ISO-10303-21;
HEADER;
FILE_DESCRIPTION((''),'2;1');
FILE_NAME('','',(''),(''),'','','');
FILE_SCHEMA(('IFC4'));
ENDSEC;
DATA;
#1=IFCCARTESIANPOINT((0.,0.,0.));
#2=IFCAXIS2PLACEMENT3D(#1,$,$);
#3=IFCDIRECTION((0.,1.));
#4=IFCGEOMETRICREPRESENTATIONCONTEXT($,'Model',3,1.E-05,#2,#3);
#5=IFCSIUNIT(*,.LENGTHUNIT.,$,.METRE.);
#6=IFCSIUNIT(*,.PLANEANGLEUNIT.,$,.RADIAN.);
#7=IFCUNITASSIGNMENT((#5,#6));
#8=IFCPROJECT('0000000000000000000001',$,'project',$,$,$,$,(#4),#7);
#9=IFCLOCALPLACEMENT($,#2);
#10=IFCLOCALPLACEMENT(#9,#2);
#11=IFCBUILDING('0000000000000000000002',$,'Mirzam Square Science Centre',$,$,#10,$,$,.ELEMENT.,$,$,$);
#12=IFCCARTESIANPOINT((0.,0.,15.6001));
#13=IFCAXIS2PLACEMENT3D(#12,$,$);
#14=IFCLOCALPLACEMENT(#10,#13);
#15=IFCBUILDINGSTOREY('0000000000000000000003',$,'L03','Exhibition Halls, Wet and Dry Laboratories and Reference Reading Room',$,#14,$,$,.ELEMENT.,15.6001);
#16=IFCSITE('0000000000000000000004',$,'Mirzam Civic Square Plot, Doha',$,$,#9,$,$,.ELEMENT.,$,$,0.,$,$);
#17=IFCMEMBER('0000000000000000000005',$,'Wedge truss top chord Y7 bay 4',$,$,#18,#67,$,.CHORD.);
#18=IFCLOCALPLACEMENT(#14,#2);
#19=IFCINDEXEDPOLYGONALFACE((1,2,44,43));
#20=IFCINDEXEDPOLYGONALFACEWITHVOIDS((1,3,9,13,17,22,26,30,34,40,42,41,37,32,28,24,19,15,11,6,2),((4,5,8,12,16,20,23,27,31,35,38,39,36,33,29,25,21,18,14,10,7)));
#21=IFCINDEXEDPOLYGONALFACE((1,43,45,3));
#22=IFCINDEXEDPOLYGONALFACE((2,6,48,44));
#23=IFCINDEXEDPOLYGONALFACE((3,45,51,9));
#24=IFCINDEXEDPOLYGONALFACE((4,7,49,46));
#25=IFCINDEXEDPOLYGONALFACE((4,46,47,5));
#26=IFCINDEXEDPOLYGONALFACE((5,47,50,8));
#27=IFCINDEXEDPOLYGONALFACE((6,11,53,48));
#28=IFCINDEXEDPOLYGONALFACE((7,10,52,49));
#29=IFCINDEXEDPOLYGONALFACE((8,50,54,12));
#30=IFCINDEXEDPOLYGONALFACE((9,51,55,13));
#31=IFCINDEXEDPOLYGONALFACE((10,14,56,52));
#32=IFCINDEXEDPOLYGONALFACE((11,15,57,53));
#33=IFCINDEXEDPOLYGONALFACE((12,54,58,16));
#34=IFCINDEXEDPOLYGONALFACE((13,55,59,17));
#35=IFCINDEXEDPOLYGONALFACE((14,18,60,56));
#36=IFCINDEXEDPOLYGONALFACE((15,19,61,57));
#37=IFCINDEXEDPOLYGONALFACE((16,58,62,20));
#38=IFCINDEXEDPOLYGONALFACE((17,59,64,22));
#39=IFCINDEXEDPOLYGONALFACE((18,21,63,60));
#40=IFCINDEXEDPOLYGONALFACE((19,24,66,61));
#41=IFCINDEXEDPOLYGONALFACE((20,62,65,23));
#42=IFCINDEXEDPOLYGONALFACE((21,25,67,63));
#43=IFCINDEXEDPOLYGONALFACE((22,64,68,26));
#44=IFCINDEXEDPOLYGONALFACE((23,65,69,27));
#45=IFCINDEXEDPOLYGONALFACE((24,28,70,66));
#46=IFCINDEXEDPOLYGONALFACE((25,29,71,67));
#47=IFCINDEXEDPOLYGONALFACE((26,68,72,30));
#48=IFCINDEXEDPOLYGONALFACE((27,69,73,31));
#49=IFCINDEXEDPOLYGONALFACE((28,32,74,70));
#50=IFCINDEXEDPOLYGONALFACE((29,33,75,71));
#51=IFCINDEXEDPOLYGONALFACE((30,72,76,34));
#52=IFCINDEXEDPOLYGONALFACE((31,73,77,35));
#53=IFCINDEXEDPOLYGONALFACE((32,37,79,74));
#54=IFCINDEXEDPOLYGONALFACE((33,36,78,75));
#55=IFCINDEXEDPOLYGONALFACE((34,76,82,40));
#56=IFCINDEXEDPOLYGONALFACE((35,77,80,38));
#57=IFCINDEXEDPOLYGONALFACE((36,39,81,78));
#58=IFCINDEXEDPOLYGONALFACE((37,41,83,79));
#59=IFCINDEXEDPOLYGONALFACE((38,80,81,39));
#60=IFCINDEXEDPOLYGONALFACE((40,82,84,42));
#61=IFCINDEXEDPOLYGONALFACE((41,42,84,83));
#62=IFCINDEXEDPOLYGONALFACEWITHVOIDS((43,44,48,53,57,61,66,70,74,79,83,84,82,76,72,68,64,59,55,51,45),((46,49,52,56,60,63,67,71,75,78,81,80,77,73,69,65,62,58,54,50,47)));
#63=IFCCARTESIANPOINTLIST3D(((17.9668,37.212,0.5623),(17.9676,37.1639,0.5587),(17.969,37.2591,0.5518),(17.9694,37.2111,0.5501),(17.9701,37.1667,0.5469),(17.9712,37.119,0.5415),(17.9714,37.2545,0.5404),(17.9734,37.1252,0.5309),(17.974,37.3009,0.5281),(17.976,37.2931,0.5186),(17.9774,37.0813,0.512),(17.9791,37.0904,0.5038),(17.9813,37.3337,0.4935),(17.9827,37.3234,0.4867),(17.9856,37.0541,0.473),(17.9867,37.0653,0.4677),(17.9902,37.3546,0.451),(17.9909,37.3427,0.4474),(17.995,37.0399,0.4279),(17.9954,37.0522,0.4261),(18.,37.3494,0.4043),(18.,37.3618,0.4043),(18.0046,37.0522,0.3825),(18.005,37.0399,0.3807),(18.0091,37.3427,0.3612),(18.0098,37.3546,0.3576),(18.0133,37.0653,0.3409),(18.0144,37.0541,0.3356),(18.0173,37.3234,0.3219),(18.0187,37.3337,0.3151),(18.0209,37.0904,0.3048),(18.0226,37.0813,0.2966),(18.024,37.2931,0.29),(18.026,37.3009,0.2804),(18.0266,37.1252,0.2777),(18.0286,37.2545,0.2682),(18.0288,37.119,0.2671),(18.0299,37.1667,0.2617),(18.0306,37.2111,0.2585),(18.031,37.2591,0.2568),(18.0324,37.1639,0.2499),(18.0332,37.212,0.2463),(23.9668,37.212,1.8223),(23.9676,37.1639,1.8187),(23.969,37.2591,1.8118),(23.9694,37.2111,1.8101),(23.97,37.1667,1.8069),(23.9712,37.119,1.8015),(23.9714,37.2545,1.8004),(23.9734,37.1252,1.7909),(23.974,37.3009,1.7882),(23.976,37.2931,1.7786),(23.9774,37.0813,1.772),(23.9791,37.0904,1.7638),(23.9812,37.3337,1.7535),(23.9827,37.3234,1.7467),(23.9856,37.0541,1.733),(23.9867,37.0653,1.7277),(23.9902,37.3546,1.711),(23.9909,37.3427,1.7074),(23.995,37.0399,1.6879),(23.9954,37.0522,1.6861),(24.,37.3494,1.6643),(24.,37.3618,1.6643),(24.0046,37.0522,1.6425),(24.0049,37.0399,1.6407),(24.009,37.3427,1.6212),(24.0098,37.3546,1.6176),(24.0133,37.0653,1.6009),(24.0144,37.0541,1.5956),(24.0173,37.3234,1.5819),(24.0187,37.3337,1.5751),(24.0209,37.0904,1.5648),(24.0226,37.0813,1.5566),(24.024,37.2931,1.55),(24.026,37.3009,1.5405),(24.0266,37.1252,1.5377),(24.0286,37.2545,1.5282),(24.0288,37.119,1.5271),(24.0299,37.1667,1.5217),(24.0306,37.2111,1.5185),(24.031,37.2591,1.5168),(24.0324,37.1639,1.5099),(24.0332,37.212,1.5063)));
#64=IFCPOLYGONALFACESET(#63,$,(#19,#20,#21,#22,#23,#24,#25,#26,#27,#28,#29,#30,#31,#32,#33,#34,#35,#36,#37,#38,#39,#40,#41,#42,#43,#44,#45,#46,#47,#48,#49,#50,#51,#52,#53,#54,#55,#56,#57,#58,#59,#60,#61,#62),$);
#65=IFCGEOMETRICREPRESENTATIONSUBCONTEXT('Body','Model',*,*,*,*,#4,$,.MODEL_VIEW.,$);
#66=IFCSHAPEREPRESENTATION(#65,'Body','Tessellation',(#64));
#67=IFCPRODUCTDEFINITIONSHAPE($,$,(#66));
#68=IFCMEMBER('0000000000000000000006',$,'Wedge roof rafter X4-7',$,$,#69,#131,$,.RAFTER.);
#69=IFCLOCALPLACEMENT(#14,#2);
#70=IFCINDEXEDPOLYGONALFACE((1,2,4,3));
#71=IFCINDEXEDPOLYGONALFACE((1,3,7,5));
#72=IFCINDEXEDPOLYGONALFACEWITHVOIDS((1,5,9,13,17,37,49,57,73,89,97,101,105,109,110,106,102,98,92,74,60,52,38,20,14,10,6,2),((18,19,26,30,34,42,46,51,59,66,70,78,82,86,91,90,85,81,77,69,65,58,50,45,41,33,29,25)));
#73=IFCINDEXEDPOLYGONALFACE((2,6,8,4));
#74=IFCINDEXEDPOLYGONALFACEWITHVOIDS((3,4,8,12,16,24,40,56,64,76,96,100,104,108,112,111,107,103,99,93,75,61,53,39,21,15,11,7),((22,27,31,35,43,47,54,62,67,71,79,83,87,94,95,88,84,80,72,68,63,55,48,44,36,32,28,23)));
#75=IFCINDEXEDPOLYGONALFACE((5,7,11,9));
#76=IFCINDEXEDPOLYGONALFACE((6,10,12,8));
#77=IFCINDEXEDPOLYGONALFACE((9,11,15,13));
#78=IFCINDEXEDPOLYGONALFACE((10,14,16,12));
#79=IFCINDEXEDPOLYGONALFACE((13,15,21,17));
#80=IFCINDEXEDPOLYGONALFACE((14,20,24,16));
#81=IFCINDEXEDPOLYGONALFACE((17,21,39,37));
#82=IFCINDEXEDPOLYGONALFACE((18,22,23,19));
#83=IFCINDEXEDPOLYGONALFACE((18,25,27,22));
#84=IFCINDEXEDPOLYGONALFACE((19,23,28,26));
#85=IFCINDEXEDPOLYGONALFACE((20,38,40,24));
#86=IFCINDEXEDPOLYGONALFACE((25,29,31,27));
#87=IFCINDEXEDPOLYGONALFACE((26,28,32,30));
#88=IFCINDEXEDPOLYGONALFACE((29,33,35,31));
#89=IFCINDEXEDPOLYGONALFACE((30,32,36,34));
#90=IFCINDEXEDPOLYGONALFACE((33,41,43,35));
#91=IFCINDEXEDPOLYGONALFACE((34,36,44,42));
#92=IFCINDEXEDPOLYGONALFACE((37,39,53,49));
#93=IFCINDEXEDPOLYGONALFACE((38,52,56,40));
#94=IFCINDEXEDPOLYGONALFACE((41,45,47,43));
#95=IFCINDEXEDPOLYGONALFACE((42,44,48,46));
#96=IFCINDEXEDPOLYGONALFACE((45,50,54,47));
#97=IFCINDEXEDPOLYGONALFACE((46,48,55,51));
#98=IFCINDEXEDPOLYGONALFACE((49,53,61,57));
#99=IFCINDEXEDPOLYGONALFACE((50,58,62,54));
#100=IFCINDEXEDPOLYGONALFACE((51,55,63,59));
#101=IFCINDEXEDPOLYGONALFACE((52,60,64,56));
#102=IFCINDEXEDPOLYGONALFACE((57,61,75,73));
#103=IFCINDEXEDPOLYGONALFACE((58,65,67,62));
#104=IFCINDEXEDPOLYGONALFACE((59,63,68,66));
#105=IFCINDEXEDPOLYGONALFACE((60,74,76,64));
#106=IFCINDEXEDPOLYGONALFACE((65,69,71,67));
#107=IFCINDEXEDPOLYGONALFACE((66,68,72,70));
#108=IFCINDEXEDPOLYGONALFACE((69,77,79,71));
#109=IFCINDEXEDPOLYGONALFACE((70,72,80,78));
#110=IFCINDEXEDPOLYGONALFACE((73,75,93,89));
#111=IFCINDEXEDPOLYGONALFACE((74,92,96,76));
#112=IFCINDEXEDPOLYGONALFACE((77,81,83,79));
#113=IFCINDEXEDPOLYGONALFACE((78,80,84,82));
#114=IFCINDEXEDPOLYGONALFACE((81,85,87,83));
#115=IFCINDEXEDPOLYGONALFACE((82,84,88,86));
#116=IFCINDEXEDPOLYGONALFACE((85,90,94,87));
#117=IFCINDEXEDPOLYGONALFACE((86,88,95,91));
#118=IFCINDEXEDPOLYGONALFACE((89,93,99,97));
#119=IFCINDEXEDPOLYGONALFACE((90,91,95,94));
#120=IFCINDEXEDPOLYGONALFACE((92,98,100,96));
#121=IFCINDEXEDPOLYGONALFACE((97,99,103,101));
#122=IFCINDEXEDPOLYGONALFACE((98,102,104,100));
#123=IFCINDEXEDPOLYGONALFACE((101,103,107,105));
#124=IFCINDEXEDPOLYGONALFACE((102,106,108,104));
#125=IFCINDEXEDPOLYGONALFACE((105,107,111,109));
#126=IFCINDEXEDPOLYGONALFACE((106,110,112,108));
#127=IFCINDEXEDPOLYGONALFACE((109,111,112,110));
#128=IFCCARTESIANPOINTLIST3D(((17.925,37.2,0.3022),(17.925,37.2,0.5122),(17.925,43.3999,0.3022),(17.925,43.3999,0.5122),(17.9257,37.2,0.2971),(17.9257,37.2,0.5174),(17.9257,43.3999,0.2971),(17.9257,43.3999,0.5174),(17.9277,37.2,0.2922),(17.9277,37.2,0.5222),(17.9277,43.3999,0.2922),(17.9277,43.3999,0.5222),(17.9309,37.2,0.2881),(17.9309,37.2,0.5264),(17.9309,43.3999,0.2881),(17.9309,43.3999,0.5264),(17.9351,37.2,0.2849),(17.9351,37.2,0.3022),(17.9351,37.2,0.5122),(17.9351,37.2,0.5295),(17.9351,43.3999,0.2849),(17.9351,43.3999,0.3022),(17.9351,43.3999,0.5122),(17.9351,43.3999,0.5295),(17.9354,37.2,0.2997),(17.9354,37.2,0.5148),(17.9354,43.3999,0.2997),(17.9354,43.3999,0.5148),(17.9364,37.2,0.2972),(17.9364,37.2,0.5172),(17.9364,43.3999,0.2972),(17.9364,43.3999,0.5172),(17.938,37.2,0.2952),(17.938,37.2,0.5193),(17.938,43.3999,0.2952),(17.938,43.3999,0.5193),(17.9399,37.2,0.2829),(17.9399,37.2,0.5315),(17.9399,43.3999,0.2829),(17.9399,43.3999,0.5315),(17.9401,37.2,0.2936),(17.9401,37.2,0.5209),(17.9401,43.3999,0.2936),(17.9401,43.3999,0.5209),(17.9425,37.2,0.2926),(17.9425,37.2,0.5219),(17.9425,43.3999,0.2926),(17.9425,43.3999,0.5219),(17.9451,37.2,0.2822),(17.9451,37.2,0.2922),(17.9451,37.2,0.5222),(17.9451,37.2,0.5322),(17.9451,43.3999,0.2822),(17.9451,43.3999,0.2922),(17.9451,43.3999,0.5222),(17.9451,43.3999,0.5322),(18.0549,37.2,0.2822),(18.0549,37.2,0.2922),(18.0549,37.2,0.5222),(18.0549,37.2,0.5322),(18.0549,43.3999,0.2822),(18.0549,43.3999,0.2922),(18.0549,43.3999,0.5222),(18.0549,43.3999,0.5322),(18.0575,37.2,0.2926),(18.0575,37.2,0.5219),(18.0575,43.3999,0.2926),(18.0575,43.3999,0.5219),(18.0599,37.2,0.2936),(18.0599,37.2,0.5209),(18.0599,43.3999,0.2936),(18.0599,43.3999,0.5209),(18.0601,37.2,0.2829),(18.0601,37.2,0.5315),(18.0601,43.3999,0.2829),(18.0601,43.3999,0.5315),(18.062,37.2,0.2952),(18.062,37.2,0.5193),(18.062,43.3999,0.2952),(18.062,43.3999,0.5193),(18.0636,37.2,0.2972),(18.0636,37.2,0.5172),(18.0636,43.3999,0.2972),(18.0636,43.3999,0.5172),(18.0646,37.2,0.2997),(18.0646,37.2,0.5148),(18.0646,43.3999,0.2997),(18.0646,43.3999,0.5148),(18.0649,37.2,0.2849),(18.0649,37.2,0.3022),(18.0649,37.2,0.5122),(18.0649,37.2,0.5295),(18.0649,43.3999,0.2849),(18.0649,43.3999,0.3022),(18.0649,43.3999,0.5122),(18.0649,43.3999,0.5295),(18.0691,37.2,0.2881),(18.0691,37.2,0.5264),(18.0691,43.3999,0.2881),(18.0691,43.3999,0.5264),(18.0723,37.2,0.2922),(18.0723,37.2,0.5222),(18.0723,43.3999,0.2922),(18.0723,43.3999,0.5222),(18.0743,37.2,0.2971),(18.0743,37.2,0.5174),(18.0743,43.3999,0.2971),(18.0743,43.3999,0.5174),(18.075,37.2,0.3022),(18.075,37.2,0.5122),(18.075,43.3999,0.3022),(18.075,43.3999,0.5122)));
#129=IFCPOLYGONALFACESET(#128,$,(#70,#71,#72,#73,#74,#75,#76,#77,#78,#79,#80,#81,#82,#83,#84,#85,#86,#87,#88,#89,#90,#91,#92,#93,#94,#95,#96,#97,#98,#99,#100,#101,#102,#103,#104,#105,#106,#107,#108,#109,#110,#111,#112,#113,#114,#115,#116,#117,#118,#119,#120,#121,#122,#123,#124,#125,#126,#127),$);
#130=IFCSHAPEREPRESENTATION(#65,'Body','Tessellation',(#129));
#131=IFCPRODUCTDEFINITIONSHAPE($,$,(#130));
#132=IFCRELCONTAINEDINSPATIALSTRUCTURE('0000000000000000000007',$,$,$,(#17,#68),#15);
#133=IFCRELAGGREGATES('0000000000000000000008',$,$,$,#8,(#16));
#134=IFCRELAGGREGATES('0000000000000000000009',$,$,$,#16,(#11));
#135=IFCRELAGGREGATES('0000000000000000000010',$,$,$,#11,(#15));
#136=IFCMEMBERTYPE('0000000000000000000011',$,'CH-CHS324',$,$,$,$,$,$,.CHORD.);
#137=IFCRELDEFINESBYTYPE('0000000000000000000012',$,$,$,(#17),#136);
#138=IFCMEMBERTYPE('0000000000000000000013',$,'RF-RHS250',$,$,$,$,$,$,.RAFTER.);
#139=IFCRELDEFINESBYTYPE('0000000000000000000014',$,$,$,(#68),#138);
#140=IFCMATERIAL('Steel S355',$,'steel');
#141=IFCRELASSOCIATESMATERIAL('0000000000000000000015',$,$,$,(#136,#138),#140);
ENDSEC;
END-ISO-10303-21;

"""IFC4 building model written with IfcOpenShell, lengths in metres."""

from ifc_helpers import new_model, si_unit, direction, frame, origin, origin_2d, place, context, subcontext, project, spatial, hollow_rectangle, hollow_circle, extrude, material, material_profile, profile_set, type_object, element, save


model = new_model("IFC4")

# Units and contexts
model_context = context("Model", 3, precision=1e-05, world=origin(), true_north=direction((0.0, 1.0)))
body_context = subcontext(model_context, "Body", "Model", "MODEL_VIEW")
ifc_project = project(units=[si_unit("LENGTHUNIT", "METRE"), si_unit("PLANEANGLEUNIT", "RADIAN")], contexts=[model_context])

# Site, building, storey
site_placement = place(None, origin())
site = spatial("IfcSite", under=ifc_project, at=site_placement, Name="Mirzam Civic Square Plot, Doha", CompositionType="ELEMENT", RefElevation=0.0)
building_placement = place(site_placement, origin())
building = spatial("IfcBuilding", under=site, at=building_placement, Name="Mirzam Square Science Centre", CompositionType="ELEMENT")
storey_placement = place(building_placement, frame((0.0, 0.0, 15.6001)))
storey = spatial("IfcBuildingStorey", under=building, at=storey_placement, Name="L03", Description="Exhibition Halls, Wet and Dry Laboratories and Reference Reading Room", CompositionType="ELEMENT", Elevation=15.6001)

# Members
ifc_material_1 = material(Name="Steel S355", Category="steel")
ifc_material_profile_1 = material_profile(ifc_material_1, hollow_circle(Radius=0.1619, WallThickness=0.0125, at=origin_2d()), Name="323.9x12.5CHS")
ifc_profile_set_1 = profile_set([ifc_material_profile_1], Name="Steel S355")
member_type_1 = type_object("IfcMemberType", Name="CH-CHS324", PredefinedType="CHORD", material=ifc_profile_set_1)
member_1_placement = place(storey_placement, frame((18.0, 37.2, 0.4043), z_axis=(0.978653, 0.0, 0.205519), x_axis=(0.0, 1.0, 0.0)))
element("IfcMember", 1, at=member_1_placement, inside=storey, type_object=member_type_1, Name="Wedge truss top chord Y7 bay 4", PredefinedType="CHORD", context=body_context, shape_type="SweptSolid", body=[
    extrude(hollow_circle(Radius=0.1619, WallThickness=0.0125, at=origin_2d()), origin(), (0.0, 0.0, 1.0), 6.1309),
])
ifc_material_profile_2 = material_profile(ifc_material_1, hollow_rectangle(XDim=0.1499, YDim=0.25, WallThickness=0.01, InnerFilletRadius=0.01, OuterFilletRadius=0.02, at=origin_2d()), Name="250x150x10.0RHS")
ifc_profile_set_2 = profile_set([ifc_material_profile_2], Name="Steel S355")
member_type_2 = type_object("IfcMemberType", Name="RF-RHS250", PredefinedType="RAFTER", material=ifc_profile_set_2)
member_2_placement = place(storey_placement, frame((18.0, 37.2, 0.4072), z_axis=(0.0, 1.0, 0.0), x_axis=(-1.0, 0.0, 0.0)))
element("IfcMember", 2, at=member_2_placement, inside=storey, type_object=member_type_2, Name="Wedge roof rafter X4-7", PredefinedType="RAFTER", context=body_context, shape_type="SweptSolid", body=[
    extrude(hollow_rectangle(XDim=0.1499, YDim=0.25, WallThickness=0.01, InnerFilletRadius=0.01, OuterFilletRadius=0.02, at=origin_2d()), origin(), (0.0, 0.0, 1.0), 6.2),
])

save(model, "model.ifc")
